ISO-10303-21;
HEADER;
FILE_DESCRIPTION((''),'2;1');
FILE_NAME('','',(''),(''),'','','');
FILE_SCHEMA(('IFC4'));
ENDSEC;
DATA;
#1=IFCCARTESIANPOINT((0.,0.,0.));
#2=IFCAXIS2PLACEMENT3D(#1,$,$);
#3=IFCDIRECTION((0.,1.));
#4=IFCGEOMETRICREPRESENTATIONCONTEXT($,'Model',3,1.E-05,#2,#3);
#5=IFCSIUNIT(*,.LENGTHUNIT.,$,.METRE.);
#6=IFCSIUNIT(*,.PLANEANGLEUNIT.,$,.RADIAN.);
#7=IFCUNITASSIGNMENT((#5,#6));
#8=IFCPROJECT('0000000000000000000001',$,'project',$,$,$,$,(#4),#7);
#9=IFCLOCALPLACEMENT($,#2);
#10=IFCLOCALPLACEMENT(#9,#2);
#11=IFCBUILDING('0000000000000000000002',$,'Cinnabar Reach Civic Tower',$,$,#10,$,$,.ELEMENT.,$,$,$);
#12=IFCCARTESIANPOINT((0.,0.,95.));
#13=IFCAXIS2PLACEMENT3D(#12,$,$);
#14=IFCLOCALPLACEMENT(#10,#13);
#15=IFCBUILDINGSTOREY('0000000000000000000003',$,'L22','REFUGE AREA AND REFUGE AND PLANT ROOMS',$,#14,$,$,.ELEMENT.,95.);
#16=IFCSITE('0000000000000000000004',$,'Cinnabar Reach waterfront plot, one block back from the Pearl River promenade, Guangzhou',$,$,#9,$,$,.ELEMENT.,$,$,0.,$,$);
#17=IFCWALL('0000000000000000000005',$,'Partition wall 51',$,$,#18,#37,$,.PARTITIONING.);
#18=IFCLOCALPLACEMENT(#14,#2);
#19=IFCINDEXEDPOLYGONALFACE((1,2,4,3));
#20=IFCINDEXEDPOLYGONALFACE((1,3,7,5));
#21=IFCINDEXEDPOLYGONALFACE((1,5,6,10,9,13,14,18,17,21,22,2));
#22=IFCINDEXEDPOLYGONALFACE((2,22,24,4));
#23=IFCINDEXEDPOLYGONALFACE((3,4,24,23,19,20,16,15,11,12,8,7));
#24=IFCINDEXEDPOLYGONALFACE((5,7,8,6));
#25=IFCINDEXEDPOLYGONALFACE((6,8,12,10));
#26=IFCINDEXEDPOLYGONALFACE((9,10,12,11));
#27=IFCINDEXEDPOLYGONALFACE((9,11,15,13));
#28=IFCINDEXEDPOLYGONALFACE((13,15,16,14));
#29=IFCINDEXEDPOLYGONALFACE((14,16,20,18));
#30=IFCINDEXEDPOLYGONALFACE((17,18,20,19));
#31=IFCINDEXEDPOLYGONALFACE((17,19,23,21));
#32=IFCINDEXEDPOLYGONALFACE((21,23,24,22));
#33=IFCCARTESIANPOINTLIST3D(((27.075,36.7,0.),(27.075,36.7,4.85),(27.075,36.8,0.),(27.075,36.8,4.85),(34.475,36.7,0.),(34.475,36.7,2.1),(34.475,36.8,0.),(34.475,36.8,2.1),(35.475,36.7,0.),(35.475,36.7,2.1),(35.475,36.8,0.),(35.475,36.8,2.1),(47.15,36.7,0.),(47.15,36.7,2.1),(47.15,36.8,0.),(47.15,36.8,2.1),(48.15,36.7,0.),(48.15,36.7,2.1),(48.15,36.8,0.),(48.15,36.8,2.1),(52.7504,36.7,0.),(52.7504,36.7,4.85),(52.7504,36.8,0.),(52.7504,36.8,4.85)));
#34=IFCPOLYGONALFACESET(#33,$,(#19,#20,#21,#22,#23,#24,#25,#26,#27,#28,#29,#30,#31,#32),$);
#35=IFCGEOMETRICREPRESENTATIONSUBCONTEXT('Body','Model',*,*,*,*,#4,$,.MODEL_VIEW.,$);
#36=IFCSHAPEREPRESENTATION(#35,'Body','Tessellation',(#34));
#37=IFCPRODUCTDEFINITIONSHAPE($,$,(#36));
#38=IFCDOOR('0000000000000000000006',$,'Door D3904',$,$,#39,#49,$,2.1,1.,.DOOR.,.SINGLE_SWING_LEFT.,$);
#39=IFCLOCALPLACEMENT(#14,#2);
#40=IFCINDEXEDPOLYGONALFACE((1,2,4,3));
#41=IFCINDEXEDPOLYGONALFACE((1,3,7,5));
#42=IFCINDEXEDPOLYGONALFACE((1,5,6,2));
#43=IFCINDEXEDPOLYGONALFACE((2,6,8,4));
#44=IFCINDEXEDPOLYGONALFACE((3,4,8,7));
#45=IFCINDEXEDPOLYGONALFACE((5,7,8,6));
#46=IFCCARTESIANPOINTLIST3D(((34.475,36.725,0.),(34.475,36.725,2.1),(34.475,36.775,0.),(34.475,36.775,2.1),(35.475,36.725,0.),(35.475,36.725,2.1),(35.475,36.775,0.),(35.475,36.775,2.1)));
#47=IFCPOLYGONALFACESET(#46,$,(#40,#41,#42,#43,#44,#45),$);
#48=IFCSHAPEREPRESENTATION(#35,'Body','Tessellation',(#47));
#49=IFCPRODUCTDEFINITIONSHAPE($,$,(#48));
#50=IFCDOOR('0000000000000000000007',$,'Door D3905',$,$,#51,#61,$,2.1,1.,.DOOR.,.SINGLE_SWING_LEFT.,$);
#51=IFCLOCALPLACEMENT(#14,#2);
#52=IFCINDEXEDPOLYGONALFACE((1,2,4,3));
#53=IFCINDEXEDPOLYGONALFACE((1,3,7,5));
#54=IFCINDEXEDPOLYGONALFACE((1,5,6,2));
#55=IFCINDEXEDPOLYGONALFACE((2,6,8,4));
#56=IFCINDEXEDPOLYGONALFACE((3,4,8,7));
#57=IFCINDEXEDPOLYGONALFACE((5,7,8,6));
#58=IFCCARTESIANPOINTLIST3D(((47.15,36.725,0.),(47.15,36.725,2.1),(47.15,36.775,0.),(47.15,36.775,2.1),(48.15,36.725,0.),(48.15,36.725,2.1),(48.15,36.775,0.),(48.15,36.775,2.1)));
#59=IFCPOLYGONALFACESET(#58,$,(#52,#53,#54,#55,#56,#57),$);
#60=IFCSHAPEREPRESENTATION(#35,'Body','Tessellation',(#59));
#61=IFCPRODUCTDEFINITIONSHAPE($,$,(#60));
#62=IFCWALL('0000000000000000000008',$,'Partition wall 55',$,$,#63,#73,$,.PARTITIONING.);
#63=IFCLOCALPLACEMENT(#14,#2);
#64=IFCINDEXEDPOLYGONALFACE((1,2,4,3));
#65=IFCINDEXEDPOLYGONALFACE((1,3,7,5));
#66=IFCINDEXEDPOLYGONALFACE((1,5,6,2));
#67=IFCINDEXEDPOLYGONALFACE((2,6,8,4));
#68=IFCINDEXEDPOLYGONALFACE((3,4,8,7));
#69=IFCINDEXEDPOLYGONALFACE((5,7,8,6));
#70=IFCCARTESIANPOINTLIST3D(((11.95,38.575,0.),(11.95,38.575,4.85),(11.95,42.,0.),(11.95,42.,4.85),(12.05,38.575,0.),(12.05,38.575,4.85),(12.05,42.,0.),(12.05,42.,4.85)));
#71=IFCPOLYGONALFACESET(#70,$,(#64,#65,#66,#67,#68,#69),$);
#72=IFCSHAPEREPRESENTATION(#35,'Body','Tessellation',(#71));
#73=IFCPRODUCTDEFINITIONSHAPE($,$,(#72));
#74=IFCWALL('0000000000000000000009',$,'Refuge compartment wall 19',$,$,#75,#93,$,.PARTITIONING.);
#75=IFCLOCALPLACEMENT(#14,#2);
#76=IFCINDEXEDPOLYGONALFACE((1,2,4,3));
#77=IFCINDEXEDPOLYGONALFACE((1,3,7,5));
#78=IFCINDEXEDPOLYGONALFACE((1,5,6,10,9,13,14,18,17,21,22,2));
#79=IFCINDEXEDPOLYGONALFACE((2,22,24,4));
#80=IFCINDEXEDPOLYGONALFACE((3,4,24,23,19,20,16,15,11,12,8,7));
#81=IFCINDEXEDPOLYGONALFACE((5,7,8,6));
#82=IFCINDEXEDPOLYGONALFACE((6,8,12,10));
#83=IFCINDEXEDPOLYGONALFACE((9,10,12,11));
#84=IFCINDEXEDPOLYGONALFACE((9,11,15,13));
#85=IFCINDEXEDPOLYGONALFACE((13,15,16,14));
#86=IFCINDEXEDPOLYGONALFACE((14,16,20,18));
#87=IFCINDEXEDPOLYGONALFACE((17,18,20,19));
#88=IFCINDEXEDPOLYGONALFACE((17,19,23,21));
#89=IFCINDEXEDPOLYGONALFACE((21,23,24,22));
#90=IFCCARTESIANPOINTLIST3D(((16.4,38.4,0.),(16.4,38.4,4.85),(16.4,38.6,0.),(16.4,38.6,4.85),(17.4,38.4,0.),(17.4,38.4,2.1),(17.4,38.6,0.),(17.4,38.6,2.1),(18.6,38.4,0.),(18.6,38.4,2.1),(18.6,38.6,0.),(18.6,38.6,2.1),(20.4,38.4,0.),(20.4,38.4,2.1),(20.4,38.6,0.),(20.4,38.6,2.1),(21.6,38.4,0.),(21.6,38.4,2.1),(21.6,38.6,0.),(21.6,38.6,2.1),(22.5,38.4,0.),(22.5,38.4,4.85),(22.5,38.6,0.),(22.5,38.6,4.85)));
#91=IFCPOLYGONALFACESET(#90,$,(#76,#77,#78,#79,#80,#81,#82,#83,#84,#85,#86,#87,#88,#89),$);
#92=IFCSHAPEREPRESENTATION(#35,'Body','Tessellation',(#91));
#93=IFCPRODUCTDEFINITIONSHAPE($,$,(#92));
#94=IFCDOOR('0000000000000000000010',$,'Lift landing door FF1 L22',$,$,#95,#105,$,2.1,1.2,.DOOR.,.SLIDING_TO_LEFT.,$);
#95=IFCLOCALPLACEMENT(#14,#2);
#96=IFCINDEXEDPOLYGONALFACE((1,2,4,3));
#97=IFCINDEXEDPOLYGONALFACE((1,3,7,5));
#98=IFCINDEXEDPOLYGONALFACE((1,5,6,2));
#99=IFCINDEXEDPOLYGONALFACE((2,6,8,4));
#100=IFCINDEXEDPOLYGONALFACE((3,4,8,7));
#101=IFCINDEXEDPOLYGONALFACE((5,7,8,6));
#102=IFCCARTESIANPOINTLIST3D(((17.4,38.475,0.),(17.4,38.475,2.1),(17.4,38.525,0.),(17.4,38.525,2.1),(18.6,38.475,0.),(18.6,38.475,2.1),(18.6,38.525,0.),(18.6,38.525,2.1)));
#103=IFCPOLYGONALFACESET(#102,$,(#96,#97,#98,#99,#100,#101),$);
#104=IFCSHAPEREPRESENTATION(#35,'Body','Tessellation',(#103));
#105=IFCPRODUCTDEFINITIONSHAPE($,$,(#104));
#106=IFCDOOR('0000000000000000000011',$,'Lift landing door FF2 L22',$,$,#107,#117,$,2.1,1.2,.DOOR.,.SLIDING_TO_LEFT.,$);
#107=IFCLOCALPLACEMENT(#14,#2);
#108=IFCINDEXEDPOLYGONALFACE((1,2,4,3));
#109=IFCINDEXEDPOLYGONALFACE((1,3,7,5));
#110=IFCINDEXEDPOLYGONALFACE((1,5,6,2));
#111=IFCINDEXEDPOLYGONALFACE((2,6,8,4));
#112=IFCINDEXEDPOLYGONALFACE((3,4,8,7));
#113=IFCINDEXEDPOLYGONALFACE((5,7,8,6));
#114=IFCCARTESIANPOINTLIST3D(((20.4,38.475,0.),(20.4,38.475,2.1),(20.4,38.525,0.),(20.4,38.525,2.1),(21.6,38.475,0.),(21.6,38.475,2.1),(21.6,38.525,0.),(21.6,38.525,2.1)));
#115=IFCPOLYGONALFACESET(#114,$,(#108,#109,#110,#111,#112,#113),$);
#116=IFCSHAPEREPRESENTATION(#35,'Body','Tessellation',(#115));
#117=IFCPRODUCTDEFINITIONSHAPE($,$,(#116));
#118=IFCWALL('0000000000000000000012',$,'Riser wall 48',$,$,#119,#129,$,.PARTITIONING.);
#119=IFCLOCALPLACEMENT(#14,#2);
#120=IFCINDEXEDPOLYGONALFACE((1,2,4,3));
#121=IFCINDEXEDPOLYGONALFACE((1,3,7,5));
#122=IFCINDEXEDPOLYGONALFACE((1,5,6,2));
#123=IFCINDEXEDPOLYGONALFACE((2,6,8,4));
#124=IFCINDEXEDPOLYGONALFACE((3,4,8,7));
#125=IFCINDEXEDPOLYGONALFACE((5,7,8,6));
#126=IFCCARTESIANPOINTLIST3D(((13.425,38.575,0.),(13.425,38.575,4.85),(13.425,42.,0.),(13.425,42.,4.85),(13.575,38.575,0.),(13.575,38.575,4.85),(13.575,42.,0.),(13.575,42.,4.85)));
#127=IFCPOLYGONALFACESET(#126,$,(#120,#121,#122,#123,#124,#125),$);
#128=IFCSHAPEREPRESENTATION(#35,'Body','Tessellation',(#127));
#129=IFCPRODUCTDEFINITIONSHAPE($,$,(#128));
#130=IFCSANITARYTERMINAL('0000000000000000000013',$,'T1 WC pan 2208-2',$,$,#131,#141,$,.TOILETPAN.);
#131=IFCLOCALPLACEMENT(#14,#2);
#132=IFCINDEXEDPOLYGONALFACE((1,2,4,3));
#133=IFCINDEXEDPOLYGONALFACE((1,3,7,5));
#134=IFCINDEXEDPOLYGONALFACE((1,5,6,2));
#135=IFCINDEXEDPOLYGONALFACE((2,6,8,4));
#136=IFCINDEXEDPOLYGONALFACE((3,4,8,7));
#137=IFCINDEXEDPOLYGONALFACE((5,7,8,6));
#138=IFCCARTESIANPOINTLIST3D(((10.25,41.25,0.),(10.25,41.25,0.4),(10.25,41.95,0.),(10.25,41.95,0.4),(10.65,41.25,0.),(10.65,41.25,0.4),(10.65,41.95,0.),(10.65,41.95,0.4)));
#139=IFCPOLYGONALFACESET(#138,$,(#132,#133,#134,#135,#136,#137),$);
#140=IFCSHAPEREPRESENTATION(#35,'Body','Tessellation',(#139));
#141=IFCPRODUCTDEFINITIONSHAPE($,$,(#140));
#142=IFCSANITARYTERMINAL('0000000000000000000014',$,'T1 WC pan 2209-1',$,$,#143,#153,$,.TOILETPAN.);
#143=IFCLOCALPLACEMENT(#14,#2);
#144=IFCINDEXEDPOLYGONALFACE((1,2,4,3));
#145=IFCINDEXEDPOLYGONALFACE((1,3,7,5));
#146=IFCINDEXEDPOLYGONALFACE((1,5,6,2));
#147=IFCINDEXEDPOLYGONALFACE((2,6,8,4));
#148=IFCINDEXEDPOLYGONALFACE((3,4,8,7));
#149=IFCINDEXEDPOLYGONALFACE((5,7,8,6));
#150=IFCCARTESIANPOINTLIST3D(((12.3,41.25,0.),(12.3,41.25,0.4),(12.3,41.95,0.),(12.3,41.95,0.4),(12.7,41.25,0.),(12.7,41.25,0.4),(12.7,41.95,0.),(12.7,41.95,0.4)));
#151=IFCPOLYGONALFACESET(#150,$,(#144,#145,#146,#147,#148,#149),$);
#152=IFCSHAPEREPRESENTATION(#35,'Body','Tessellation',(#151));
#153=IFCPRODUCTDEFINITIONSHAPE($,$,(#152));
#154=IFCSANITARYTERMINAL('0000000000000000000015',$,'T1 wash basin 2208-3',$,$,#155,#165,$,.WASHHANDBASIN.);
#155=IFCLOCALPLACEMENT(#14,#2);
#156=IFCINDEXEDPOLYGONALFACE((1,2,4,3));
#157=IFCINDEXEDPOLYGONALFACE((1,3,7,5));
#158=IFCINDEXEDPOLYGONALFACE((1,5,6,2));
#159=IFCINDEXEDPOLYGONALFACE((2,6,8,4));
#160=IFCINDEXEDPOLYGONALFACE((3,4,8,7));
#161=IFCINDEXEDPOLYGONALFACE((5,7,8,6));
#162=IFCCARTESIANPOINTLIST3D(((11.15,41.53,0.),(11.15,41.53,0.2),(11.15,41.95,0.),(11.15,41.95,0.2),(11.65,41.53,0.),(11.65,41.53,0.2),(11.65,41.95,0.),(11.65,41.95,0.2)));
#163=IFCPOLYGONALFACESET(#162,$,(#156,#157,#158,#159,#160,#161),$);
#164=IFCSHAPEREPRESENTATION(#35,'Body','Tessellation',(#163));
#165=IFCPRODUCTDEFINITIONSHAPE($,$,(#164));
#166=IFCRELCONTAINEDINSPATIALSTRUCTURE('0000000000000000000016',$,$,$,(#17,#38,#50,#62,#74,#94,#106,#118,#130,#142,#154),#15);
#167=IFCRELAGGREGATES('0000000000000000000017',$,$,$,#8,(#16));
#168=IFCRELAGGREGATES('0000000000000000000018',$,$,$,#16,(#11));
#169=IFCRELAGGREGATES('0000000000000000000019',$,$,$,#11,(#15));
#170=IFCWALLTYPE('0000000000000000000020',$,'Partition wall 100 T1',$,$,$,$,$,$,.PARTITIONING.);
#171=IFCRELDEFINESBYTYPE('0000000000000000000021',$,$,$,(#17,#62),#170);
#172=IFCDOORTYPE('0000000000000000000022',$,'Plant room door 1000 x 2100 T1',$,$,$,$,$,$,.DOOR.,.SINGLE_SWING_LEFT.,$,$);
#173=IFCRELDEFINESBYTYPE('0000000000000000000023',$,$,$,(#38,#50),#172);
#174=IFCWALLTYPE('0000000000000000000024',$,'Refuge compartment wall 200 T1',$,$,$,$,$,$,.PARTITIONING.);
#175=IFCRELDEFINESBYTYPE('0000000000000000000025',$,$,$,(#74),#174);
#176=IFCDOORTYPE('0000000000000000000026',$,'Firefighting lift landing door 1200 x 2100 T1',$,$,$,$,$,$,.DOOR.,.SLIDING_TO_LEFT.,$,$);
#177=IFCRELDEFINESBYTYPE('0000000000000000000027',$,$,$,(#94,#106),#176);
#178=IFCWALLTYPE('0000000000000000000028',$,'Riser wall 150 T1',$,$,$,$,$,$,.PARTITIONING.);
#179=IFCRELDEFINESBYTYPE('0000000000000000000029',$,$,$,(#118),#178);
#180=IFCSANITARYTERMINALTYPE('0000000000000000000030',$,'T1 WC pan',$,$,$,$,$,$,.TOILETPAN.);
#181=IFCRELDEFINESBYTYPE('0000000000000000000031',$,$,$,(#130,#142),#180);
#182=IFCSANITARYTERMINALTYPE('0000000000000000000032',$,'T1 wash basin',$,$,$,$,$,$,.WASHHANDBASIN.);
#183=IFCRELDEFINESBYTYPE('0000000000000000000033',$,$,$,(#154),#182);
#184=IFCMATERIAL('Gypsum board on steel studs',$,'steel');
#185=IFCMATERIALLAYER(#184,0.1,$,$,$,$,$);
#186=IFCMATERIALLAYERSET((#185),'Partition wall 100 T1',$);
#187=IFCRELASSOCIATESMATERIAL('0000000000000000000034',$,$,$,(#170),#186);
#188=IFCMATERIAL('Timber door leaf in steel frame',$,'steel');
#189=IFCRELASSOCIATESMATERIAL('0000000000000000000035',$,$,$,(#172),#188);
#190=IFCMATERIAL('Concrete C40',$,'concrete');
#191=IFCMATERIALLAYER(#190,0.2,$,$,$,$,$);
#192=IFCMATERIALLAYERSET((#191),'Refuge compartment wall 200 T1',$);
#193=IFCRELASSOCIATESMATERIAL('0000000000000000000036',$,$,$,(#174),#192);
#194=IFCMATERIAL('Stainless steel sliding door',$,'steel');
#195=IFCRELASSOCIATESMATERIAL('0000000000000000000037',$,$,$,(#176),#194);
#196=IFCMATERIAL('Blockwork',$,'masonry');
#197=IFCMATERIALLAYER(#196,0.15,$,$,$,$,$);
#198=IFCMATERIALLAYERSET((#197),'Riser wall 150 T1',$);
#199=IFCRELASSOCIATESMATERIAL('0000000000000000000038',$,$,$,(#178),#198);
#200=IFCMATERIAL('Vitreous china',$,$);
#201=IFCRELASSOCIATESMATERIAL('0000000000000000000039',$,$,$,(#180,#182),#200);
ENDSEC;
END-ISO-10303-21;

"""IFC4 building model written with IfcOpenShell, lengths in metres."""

from ifc_helpers import new_model, si_unit, direction, frame, frame_2d, origin, origin_2d, place, context, subcontext, project, spatial, rectangle, extrude, material, layer, layer_set, type_object, element, fill, save


model = new_model("IFC4")

# Units and contexts
model_context = context("Model", 3, precision=1e-05, world=origin(), true_north=direction((0.0, 1.0)))
body_context = subcontext(model_context, "Body", "Model", "MODEL_VIEW")
ifc_project = project(units=[si_unit("LENGTHUNIT", "METRE"), si_unit("PLANEANGLEUNIT", "RADIAN")], contexts=[model_context])

# Site, building, storey
site_placement = place(None, origin())
site = spatial("IfcSite", under=ifc_project, at=site_placement, Name="Cinnabar Reach waterfront plot, one block back from the Pearl River promenade, Guangzhou", CompositionType="ELEMENT", RefElevation=0.0)
building_placement = place(site_placement, origin())
building = spatial("IfcBuilding", under=site, at=building_placement, Name="Cinnabar Reach Civic Tower", CompositionType="ELEMENT")
storey_placement = place(building_placement, frame((0.0, 0.0, 95.0)))
storey = spatial("IfcBuildingStorey", under=building, at=storey_placement, Name="L22", Description="REFUGE AREA AND REFUGE AND PLANT ROOMS", CompositionType="ELEMENT", Elevation=95.0)

# Shared definitions
ifc_material_1 = material(Name="Blockwork", Category="masonry")

# Wall, openings, doors
ifc_material_2 = material(Name="Gypsum board on steel studs", Category="steel")
ifc_layer_1 = layer(ifc_material_2, 0.1)
ifc_layer_set_1 = layer_set([ifc_layer_1], Name="Partition wall 100 T1")
wall_type_1 = type_object("IfcWallType", Name="Partition wall 100 T1", PredefinedType="PARTITIONING", material=ifc_layer_set_1)
wall_1_placement = place(storey_placement, frame((27.075, 36.75, 0.0), z_axis=(0.0, 0.0, 1.0), x_axis=(1.0, 0.0, 0.0)))
wall_1 = element("IfcWall", 1, at=wall_1_placement, inside=storey, type_object=wall_type_1, Name="Partition wall 51", PredefinedType="PARTITIONING", context=body_context, shape_type="SweptSolid", body=[
    extrude(rectangle(XDim=25.6754, YDim=0.1, at=frame_2d((12.8377, 0.0))), origin(), (0.0, 0.0, 1.0), 4.85),
])
opening_1_placement = place(wall_1_placement, frame((7.4, 0.0, 0.0)))
opening_1 = element("IfcOpeningElement", 2, at=opening_1_placement, cuts=wall_1, PredefinedType="OPENING", context=body_context, shape_type="SweptSolid", body=[
    extrude(rectangle(XDim=1.0, YDim=2.1, at=frame_2d((0.5, 1.05))), frame((0.0, 0.06, 0.0), z_axis=(0.0, -1.0, 0.0), x_axis=(1.0, 0.0, 0.0)), (0.0, 0.0, 1.0), 0.12),
])
opening_2_placement = place(wall_1_placement, frame((20.075, 0.0, 0.0)))
opening_2 = element("IfcOpeningElement", 3, at=opening_2_placement, cuts=wall_1, PredefinedType="OPENING", context=body_context, shape_type="SweptSolid", body=[
    extrude(rectangle(XDim=1.0, YDim=2.1, at=frame_2d((0.5, 1.05))), frame((0.0, 0.06, 0.0), z_axis=(0.0, -1.0, 0.0), x_axis=(1.0, 0.0, 0.0)), (0.0, 0.0, 1.0), 0.12),
])
ifc_material_3 = material(Name="Timber door leaf in steel frame", Category="steel")
door_type_1 = type_object("IfcDoorType", Name="Plant room door 1000 x 2100 T1", OperationType="SINGLE_SWING_LEFT", PredefinedType="DOOR", material=ifc_material_3)
door_1_placement = place(opening_1_placement, frame((1.0, 0.0, 0.0), z_axis=(0.0, 0.0, 1.0), x_axis=(-1.0, 0.0, 0.0)))
door_1 = element("IfcDoor", 4, at=door_1_placement, inside=storey, type_object=door_type_1, Name="Door D3904", OperationType="SINGLE_SWING_LEFT", OverallHeight=2.1, OverallWidth=1.0, PredefinedType="DOOR", context=body_context, shape_type="SweptSolid", body=[
    extrude(rectangle(XDim=1.0, YDim=2.1, at=frame_2d((0.5, 1.05))), frame((0.0, 0.025, 0.0), z_axis=(0.0, -1.0, 0.0), x_axis=(1.0, 0.0, 0.0)), (0.0, 0.0, 1.0), 0.05),
])
fill(opening_1, door_1)
door_2_placement = place(opening_2_placement, frame((1.0, 0.0, 0.0), z_axis=(0.0, 0.0, 1.0), x_axis=(-1.0, 0.0, 0.0)))
door_2 = element("IfcDoor", 5, at=door_2_placement, inside=storey, type_object=door_type_1, Name="Door D3905", OperationType="SINGLE_SWING_LEFT", OverallHeight=2.1, OverallWidth=1.0, PredefinedType="DOOR", context=body_context, shape_type="SweptSolid", body=[
    extrude(rectangle(XDim=1.0, YDim=2.1, at=frame_2d((0.5, 1.05))), frame((0.0, 0.025, 0.0), z_axis=(0.0, -1.0, 0.0), x_axis=(1.0, 0.0, 0.0)), (0.0, 0.0, 1.0), 0.05),
])
fill(opening_2, door_2)

# Wall
wall_2_placement = place(storey_placement, frame((12.0, 38.575, 0.0), z_axis=(0.0, 0.0, 1.0), x_axis=(0.0, 1.0, 0.0)))
element("IfcWall", 6, at=wall_2_placement, inside=storey, type_object=wall_type_1, Name="Partition wall 55", PredefinedType="PARTITIONING", context=body_context, shape_type="SweptSolid", body=[
    extrude(rectangle(XDim=3.425, YDim=0.1, at=frame_2d((1.7125, 0.0))), origin(), (0.0, 0.0, 1.0), 4.85),
])

# Wall, openings, doors
ifc_material_4 = material(Name="Concrete C40", Category="concrete")
ifc_layer_2 = layer(ifc_material_4, 0.2)
ifc_layer_set_2 = layer_set([ifc_layer_2], Name="Refuge compartment wall 200 T1")
wall_type_2 = type_object("IfcWallType", Name="Refuge compartment wall 200 T1", PredefinedType="PARTITIONING", material=ifc_layer_set_2)
wall_3_placement = place(storey_placement, frame((16.4, 38.5, 0.0), z_axis=(0.0, 0.0, 1.0), x_axis=(1.0, 0.0, 0.0)))
wall_3 = element("IfcWall", 7, at=wall_3_placement, inside=storey, type_object=wall_type_2, Name="Refuge compartment wall 19", PredefinedType="PARTITIONING", context=body_context, shape_type="SweptSolid", body=[
    extrude(rectangle(XDim=6.1, YDim=0.2, at=frame_2d((3.05, 0.0))), origin(), (0.0, 0.0, 1.0), 4.85),
])
opening_3_placement = place(wall_3_placement, frame((1.0, 0.0, 0.0)))
opening_3 = element("IfcOpeningElement", 8, at=opening_3_placement, cuts=wall_3, PredefinedType="OPENING", context=body_context, shape_type="SweptSolid", body=[
    extrude(rectangle(XDim=1.2, YDim=2.1, at=frame_2d((0.6, 1.05))), frame((0.0, 0.11, 0.0), z_axis=(0.0, -1.0, 0.0), x_axis=(1.0, 0.0, 0.0)), (0.0, 0.0, 1.0), 0.22),
])
opening_4_placement = place(wall_3_placement, frame((4.0, 0.0, 0.0)))
opening_4 = element("IfcOpeningElement", 9, at=opening_4_placement, cuts=wall_3, PredefinedType="OPENING", context=body_context, shape_type="SweptSolid", body=[
    extrude(rectangle(XDim=1.2, YDim=2.1, at=frame_2d((0.6, 1.05))), frame((0.0, 0.11, 0.0), z_axis=(0.0, -1.0, 0.0), x_axis=(1.0, 0.0, 0.0)), (0.0, 0.0, 1.0), 0.22),
])
ifc_material_5 = material(Name="Stainless steel sliding door", Category="steel")
door_type_2 = type_object("IfcDoorType", Name="Firefighting lift landing door 1200 x 2100 T1", OperationType="SLIDING_TO_LEFT", PredefinedType="DOOR", material=ifc_material_5)
door_3_placement = place(opening_3_placement, origin())
door_3 = element("IfcDoor", 10, at=door_3_placement, inside=storey, type_object=door_type_2, Name="Lift landing door FF1 L22", OperationType="SLIDING_TO_LEFT", OverallHeight=2.1, OverallWidth=1.2, PredefinedType="DOOR", context=body_context, shape_type="SweptSolid", body=[
    extrude(rectangle(XDim=1.2, YDim=2.1, at=frame_2d((0.6, 1.05))), frame((0.0, 0.025, 0.0), z_axis=(0.0, -1.0, 0.0), x_axis=(1.0, 0.0, 0.0)), (0.0, 0.0, 1.0), 0.05),
])
fill(opening_3, door_3)
door_4_placement = place(opening_4_placement, origin())
door_4 = element("IfcDoor", 11, at=door_4_placement, inside=storey, type_object=door_type_2, Name="Lift landing door FF2 L22", OperationType="SLIDING_TO_LEFT", OverallHeight=2.1, OverallWidth=1.2, PredefinedType="DOOR", context=body_context, shape_type="SweptSolid", body=[
    extrude(rectangle(XDim=1.2, YDim=2.1, at=frame_2d((0.6, 1.05))), frame((0.0, 0.025, 0.0), z_axis=(0.0, -1.0, 0.0), x_axis=(1.0, 0.0, 0.0)), (0.0, 0.0, 1.0), 0.05),
])
fill(opening_4, door_4)

# Wall
ifc_layer_3 = layer(ifc_material_1, 0.15)
ifc_layer_set_3 = layer_set([ifc_layer_3], Name="Riser wall 150 T1")
wall_type_3 = type_object("IfcWallType", Name="Riser wall 150 T1", PredefinedType="PARTITIONING", material=ifc_layer_set_3)
wall_4_placement = place(storey_placement, frame((13.5, 38.575, 0.0), z_axis=(0.0, 0.0, 1.0), x_axis=(0.0, 1.0, 0.0)))
element("IfcWall", 12, at=wall_4_placement, inside=storey, type_object=wall_type_3, Name="Riser wall 48", PredefinedType="PARTITIONING", context=body_context, shape_type="SweptSolid", body=[
    extrude(rectangle(XDim=3.425, YDim=0.15, at=frame_2d((1.7125, 0.0))), origin(), (0.0, 0.0, 1.0), 4.85),
])

# Sanitary terminals
ifc_material_6 = material(Name="Vitreous china")
sanitary_terminal_type_1 = type_object("IfcSanitaryTerminalType", Name="T1 WC pan", PredefinedType="TOILETPAN", material=ifc_material_6)
for number, where, z_axis, x_axis, name in (
    (13, (10.45, 41.6, 0.0), (0.0, 0.0, 1.0), (1.0, 0.0, 0.0), "T1 WC pan 2208-2"),
    (14, (12.5, 41.6, 0.0), (0.0, 0.0, 1.0), (1.0, 0.0, 0.0), "T1 WC pan 2209-1"),
):
    element("IfcSanitaryTerminal", number, at=place(storey_placement, frame(where, z_axis=z_axis, x_axis=x_axis)), inside=storey, type_object=sanitary_terminal_type_1, Name=name, PredefinedType="TOILETPAN", context=body_context, shape_type="SweptSolid", body=[
        extrude(rectangle(XDim=0.4, YDim=0.7, at=origin_2d()), origin(), (0.0, 0.0, 1.0), 0.4),
    ])
sanitary_terminal_type_2 = type_object("IfcSanitaryTerminalType", Name="T1 wash basin", PredefinedType="WASHHANDBASIN", material=ifc_material_6)
sanitary_terminal_placement = place(storey_placement, frame((11.4, 41.74, 0.0), z_axis=(0.0, 0.0, 1.0), x_axis=(1.0, 0.0, 0.0)))
element("IfcSanitaryTerminal", 15, at=sanitary_terminal_placement, inside=storey, type_object=sanitary_terminal_type_2, Name="T1 wash basin 2208-3", PredefinedType="WASHHANDBASIN", context=body_context, shape_type="SweptSolid", body=[
    extrude(rectangle(XDim=0.5, YDim=0.42, at=origin_2d()), origin(), (0.0, 0.0, 1.0), 0.2),
])

save(model, "model.ifc")
